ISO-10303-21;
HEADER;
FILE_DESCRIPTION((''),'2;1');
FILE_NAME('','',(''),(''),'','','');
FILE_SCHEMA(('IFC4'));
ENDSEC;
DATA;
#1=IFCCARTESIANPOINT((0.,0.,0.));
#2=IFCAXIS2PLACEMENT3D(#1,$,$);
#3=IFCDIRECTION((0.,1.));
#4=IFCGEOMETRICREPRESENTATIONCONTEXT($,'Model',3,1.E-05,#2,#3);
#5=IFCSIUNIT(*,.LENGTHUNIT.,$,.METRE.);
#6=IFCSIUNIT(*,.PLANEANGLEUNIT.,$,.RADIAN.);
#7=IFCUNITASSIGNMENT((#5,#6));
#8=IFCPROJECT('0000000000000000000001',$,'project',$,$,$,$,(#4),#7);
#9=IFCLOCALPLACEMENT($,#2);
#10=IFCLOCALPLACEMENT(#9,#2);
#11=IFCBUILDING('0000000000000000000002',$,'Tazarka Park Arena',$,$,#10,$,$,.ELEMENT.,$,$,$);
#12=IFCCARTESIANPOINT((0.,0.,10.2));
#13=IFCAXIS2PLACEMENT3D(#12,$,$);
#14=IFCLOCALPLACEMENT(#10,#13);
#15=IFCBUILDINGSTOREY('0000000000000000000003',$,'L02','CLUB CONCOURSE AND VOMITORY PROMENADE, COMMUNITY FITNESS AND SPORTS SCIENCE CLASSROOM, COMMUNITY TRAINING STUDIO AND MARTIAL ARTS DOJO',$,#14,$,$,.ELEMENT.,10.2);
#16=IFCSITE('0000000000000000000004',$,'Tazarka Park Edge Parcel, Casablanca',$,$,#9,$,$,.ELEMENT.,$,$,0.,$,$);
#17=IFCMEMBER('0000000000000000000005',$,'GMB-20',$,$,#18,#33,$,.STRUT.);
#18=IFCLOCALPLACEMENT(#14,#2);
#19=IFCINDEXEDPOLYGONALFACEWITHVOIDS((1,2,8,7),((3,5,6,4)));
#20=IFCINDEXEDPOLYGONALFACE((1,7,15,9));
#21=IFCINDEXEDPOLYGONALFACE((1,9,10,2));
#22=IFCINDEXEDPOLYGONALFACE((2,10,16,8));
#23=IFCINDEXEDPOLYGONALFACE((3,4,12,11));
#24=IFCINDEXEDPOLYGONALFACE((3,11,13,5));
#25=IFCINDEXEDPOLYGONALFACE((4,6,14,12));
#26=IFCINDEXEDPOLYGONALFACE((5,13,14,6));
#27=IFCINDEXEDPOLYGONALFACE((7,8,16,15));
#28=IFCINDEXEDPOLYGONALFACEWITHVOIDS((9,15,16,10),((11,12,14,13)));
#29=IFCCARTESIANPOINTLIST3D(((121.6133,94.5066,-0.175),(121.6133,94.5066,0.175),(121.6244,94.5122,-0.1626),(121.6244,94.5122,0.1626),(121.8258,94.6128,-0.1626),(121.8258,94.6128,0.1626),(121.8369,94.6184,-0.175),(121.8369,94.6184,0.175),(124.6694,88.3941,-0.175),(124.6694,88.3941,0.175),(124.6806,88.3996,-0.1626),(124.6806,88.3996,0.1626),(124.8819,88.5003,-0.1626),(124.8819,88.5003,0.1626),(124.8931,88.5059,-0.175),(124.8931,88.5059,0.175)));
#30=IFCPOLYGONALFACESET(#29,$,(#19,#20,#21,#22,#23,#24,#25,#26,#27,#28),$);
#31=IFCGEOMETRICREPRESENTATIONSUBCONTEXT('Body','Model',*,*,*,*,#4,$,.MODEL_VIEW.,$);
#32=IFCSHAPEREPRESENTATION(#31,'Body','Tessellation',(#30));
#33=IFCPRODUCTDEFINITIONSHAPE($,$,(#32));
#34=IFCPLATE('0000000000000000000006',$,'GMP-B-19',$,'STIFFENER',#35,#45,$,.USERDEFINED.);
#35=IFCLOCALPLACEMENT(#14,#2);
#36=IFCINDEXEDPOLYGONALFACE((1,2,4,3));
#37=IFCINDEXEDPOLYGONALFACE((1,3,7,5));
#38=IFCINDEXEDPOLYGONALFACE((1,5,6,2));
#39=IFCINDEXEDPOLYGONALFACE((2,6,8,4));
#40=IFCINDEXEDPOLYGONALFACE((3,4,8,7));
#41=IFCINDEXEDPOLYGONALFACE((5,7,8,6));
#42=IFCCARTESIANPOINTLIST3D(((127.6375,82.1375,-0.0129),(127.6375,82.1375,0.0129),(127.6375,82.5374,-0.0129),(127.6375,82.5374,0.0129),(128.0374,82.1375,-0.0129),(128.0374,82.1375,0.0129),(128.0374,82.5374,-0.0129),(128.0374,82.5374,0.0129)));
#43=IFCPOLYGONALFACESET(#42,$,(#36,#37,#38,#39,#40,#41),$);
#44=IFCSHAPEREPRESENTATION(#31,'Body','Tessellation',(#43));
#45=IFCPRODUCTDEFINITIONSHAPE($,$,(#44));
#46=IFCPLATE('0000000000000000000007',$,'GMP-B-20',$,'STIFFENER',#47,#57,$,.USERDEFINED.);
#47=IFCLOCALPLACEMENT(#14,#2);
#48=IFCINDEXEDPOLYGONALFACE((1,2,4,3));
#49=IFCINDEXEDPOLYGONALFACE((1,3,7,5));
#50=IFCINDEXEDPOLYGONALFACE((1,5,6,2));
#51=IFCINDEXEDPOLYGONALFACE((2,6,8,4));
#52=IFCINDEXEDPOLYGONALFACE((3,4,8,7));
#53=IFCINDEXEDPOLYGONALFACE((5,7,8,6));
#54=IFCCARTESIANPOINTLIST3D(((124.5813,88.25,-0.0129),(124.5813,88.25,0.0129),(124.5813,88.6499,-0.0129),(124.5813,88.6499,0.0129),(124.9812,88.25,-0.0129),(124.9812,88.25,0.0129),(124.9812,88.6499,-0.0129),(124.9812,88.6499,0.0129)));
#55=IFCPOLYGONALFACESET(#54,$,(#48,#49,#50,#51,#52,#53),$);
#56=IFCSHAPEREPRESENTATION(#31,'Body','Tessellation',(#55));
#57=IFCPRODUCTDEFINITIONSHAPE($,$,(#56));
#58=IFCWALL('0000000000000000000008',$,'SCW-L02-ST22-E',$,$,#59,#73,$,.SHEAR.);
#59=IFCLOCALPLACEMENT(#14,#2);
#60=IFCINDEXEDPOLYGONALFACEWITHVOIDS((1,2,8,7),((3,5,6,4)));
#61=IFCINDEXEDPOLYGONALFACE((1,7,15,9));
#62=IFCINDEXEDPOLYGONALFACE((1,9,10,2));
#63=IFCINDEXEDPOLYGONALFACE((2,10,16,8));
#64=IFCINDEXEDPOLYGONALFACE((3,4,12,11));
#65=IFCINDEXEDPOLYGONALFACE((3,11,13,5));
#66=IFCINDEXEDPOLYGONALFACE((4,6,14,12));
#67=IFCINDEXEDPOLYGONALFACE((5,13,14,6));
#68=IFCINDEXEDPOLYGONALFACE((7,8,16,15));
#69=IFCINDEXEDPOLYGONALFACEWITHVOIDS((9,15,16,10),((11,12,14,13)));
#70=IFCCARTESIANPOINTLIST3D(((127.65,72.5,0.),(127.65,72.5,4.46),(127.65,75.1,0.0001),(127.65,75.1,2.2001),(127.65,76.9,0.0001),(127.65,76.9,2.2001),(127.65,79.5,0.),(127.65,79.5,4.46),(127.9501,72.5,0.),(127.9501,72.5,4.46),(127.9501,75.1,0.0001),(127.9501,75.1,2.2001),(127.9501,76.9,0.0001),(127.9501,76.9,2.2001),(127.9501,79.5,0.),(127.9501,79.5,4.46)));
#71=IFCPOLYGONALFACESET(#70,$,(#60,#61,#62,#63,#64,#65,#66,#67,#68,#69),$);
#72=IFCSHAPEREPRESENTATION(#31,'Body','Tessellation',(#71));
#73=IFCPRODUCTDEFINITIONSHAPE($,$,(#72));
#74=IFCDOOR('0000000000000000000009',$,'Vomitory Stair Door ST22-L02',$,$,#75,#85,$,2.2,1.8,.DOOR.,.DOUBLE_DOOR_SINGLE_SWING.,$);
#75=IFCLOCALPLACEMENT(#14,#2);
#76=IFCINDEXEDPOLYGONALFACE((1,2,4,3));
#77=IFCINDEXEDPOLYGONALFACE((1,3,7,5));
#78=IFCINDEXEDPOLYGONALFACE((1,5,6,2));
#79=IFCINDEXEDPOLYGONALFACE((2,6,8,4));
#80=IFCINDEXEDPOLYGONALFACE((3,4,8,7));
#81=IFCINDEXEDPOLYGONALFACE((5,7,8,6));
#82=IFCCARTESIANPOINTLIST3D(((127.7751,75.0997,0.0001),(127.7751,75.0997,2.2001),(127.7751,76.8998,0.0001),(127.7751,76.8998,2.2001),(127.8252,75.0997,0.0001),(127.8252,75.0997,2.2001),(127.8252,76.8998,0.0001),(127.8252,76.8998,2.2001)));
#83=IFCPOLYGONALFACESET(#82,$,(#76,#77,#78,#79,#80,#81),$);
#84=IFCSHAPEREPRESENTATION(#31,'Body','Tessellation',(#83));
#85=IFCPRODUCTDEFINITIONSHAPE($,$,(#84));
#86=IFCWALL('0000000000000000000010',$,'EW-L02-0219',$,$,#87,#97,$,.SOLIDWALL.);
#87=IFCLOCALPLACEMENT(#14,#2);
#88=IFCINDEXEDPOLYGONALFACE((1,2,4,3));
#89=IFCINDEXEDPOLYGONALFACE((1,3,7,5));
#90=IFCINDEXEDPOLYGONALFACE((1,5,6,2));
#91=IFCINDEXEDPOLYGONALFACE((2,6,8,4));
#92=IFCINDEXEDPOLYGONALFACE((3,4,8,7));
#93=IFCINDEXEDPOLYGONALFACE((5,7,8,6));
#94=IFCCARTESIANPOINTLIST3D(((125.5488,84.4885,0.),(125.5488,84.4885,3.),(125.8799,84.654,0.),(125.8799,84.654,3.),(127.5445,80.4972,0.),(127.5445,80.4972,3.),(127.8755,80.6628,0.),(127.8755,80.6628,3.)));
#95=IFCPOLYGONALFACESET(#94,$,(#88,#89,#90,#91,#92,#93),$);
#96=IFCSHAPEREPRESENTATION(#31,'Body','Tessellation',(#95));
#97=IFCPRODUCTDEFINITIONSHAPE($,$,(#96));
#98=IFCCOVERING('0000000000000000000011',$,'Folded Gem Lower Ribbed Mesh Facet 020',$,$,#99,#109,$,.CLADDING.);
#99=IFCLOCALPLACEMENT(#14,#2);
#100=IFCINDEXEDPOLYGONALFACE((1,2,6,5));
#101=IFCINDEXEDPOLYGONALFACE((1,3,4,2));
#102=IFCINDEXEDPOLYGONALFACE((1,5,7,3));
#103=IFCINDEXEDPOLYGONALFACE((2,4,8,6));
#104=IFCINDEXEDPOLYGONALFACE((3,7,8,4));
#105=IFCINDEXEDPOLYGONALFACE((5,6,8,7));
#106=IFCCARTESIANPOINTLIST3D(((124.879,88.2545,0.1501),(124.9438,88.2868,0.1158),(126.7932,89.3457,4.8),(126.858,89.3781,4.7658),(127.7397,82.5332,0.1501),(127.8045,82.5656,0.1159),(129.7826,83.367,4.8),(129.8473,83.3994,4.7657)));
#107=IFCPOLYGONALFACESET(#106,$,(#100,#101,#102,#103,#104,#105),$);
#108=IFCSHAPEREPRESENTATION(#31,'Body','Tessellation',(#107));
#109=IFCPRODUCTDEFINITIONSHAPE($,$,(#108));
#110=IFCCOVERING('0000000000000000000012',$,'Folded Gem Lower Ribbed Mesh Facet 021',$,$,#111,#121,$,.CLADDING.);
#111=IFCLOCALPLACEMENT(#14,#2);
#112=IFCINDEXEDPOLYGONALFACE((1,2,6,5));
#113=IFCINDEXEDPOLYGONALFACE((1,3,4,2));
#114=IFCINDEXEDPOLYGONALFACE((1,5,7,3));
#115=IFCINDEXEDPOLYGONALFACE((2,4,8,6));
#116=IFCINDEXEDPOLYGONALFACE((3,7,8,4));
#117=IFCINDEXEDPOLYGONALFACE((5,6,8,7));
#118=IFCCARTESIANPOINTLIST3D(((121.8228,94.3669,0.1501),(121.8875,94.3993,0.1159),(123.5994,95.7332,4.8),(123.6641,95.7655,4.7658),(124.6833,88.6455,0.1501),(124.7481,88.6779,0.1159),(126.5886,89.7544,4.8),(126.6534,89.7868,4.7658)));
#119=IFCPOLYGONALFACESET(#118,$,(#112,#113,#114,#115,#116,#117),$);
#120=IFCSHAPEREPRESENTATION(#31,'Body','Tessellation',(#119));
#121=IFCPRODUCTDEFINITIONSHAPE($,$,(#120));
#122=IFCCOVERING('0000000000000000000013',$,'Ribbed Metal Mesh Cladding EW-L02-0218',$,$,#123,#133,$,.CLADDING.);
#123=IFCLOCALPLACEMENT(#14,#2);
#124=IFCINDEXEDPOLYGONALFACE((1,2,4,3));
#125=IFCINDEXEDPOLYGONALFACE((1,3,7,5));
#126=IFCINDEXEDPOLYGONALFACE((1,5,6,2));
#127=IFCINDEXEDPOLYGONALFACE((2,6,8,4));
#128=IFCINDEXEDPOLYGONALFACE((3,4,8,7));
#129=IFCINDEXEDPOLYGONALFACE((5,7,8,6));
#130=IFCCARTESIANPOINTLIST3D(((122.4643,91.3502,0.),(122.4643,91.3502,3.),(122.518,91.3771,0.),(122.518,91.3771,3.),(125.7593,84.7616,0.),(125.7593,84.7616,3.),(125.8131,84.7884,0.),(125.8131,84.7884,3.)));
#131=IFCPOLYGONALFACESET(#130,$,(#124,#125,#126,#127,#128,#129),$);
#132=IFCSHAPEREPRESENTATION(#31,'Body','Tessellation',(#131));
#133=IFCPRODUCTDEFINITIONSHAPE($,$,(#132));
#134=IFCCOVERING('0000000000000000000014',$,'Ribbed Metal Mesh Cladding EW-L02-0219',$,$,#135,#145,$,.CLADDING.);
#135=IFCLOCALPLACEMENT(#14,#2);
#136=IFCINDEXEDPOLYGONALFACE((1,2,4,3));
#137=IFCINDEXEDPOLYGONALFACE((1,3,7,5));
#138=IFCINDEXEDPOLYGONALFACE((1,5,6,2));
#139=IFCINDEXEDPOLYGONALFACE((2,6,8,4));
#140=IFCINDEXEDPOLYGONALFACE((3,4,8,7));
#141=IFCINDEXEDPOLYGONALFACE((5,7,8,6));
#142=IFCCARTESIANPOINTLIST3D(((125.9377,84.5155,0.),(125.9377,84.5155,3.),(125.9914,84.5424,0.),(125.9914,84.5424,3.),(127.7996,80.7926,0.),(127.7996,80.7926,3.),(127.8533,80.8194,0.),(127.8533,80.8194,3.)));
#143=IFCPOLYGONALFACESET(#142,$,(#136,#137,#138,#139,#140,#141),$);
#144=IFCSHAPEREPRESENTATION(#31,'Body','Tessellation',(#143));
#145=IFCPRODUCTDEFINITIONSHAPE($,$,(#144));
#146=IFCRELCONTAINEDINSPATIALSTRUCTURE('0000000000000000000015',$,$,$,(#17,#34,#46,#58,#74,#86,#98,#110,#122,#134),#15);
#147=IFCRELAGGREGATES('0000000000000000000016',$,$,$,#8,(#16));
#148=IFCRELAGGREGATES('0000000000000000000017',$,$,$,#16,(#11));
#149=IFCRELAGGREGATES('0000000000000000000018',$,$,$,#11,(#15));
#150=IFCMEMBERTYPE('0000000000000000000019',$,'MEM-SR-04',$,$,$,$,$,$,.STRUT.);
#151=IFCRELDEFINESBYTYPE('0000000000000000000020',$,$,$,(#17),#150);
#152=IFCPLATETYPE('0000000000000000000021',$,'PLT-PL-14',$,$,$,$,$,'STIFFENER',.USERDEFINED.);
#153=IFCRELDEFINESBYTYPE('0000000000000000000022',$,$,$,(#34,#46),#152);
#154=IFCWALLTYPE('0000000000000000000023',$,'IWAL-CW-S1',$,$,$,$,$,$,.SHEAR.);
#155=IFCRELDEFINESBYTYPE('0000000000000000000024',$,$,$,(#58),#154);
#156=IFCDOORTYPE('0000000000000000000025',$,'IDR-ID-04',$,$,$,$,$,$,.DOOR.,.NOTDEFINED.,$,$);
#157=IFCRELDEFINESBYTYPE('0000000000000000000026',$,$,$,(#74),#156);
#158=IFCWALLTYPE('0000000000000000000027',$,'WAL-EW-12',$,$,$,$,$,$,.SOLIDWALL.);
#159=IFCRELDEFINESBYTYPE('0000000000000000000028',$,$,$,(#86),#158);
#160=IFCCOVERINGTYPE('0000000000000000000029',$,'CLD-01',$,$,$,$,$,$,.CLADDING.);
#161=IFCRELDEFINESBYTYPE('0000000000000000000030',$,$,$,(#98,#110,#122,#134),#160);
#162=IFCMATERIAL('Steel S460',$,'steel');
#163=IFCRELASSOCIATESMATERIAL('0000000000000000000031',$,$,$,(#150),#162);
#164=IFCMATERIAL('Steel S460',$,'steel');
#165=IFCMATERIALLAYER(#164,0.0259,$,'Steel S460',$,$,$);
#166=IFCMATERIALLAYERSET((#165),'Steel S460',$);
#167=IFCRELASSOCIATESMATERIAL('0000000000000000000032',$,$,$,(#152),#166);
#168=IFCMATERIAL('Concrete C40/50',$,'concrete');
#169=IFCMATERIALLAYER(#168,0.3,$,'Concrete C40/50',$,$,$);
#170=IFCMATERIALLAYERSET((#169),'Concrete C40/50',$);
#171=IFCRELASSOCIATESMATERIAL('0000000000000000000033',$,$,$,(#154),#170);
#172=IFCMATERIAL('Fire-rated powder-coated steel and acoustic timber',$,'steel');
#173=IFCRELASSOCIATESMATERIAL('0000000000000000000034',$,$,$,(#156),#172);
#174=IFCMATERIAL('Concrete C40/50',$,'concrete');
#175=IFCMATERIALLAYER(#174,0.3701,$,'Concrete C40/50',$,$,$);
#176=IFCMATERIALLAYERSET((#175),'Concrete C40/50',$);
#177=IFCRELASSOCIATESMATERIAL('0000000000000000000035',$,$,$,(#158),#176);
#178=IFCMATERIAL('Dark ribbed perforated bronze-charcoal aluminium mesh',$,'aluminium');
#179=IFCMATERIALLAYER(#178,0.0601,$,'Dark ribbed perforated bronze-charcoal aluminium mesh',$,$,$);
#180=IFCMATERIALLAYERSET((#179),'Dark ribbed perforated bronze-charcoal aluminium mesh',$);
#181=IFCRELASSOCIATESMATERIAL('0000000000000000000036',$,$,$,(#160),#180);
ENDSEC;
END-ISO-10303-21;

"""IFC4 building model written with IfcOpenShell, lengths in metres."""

from ifc_helpers import new_model, si_unit, direction, frame, frame_2d, origin, origin_2d, place, context, subcontext, project, spatial, polyline, rectangle, hollow_rectangle, outline, extrude, material, layer, layer_set, material_profile, profile_set, type_object, element, fill, save


model = new_model("IFC4")

# Units and contexts
model_context = context("Model", 3, precision=1e-05, world=origin(), true_north=direction((0.0, 1.0)))
body_context = subcontext(model_context, "Body", "Model", "MODEL_VIEW")
ifc_project = project(units=[si_unit("LENGTHUNIT", "METRE"), si_unit("PLANEANGLEUNIT", "RADIAN")], contexts=[model_context])

# Site, building, storey
site_placement = place(None, origin())
site = spatial("IfcSite", under=ifc_project, at=site_placement, Name="Tazarka Park Edge Parcel, Casablanca", CompositionType="ELEMENT", RefElevation=0.0)
building_placement = place(site_placement, origin())
building = spatial("IfcBuilding", under=site, at=building_placement, Name="Tazarka Park Arena", CompositionType="ELEMENT")
storey_placement = place(building_placement, frame((0.0, 0.0, 10.2)))
storey = spatial("IfcBuildingStorey", under=building, at=storey_placement, Name="L02", Description="CLUB CONCOURSE AND VOMITORY PROMENADE, COMMUNITY FITNESS AND SPORTS SCIENCE CLASSROOM, COMMUNITY TRAINING STUDIO AND MARTIAL ARTS DOJO", CompositionType="ELEMENT", Elevation=10.2)

# Member
ifc_material_1 = material(Name="Steel S460", Category="steel")
ifc_material_profile_1 = material_profile(ifc_material_1, hollow_rectangle(XDim=0.25, YDim=0.3501, WallThickness=0.0125, at=origin_2d()), Name="Steel S460")
ifc_profile_set_1 = profile_set([ifc_material_profile_1], Name="Steel S460")
member_type_1 = type_object("IfcMemberType", Name="MEM-SR-04", PredefinedType="STRUT", material=ifc_profile_set_1)
for number, where, z_axis, x_axis, name in (
    (1, (124.7812, 88.45, 0.0), (-0.447199, 0.894434, 0.0), (-0.894434, -0.447199, 0.0), "GMB-20"),
):
    element("IfcMember", number, at=place(storey_placement, frame(where, z_axis=z_axis, x_axis=x_axis)), inside=storey, type_object=member_type_1, Name=name, PredefinedType="STRUT", context=body_context, shape_type="SweptSolid", body=[
        extrude(hollow_rectangle(XDim=0.25, YDim=0.3501, WallThickness=0.0125, at=origin_2d()), origin(), (0.0, 0.0, 1.0), 6.834),
    ])

# Plates
ifc_material_2 = material(Name="Steel S460", Category="steel")
ifc_layer_1 = layer(ifc_material_2, 0.0259, Name="Steel S460")
ifc_layer_set_1 = layer_set([ifc_layer_1], Name="Steel S460")
plate_type = type_object("IfcPlateType", Name="PLT-PL-14", ElementType="STIFFENER", PredefinedType="USERDEFINED", material=ifc_layer_set_1)
for number, where, z_axis, x_axis, name in (
    (2, (127.8374, 82.3374, -0.0129), (0.0, 0.0, 1.0), (1.0, 0.0, 0.0), "GMP-B-19"),
    (3, (124.7812, 88.45, -0.0129), (0.0, 0.0, 1.0), (1.0, 0.0, 0.0), "GMP-B-20"),
):
    element("IfcPlate", number, at=place(storey_placement, frame(where, z_axis=z_axis, x_axis=x_axis)), inside=storey, type_object=plate_type, Name=name, ObjectType="STIFFENER", PredefinedType="USERDEFINED", context=body_context, shape_type="SweptSolid", body=[
        extrude(rectangle(XDim=0.3999, YDim=0.3999, at=origin_2d()), origin(), (0.0, 0.0, 1.0), 0.0259),
    ])

# Wall, opening, door
ifc_material_3 = material(Name="Concrete C40/50", Category="concrete")
ifc_layer_2 = layer(ifc_material_3, 0.3, Name="Concrete C40/50")
ifc_layer_set_2 = layer_set([ifc_layer_2], Name="Concrete C40/50")
wall_type_1 = type_object("IfcWallType", Name="IWAL-CW-S1", PredefinedType="SHEAR", material=ifc_layer_set_2)
wall_1_placement = place(storey_placement, frame((127.8, 79.5, 0.0), z_axis=(0.0, 0.0, 1.0), x_axis=(0.0, -1.0, 0.0)))
wall_1 = element("IfcWall", 4, at=wall_1_placement, inside=storey, type_object=wall_type_1, Name="SCW-L02-ST22-E", PredefinedType="SHEAR", context=body_context, shape_type="SweptSolid", body=[
    extrude(rectangle(XDim=7.0, YDim=0.3, at=frame_2d((3.5, 0.0))), origin(), (0.0, 0.0, 1.0), 4.46),
])
opening_placement = place(wall_1_placement, frame((2.6001, 0.0, 0.0)))
opening = element("IfcOpeningElement", 5, at=opening_placement, cuts=wall_1, PredefinedType="OPENING", context=body_context, shape_type="SweptSolid", body=[
    extrude(rectangle(XDim=1.8, YDim=2.2, at=frame_2d((0.8999, 1.1001))), frame((0.0, 0.1602, 0.0), z_axis=(0.0, -1.0, 0.0), x_axis=(1.0, 0.0, 0.0)), (0.0, 0.0, 1.0), 0.3201),
])
ifc_material_4 = material(Name="Fire-rated powder-coated steel and acoustic timber", Category="steel")
door_type = type_object("IfcDoorType", Name="IDR-ID-04", OperationType="NOTDEFINED", PredefinedType="DOOR", material=ifc_material_4)
door_placement = place(opening_placement, frame((1.8, 0.0, 0.0), z_axis=(0.0, 0.0, 1.0), x_axis=(-1.0, 0.0, 0.0)))
door = element("IfcDoor", 6, at=door_placement, inside=storey, type_object=door_type, Name="Vomitory Stair Door ST22-L02", OperationType="DOUBLE_DOOR_SINGLE_SWING", OverallHeight=2.2, OverallWidth=1.8, PredefinedType="DOOR", context=body_context, shape_type="SweptSolid", body=[
    extrude(rectangle(XDim=1.8, YDim=2.2, at=frame_2d((0.8999, 1.1001))), frame((0.0, 0.0249, 0.0), z_axis=(0.0, -1.0, 0.0), x_axis=(1.0, 0.0, 0.0)), (0.0, 0.0, 1.0), 0.05),
])
fill(opening, door)

# Wall
ifc_material_5 = material(Name="Concrete C40/50", Category="concrete")
ifc_layer_3 = layer(ifc_material_5, 0.3701, Name="Concrete C40/50")
ifc_layer_set_3 = layer_set([ifc_layer_3], Name="Concrete C40/50")
wall_type_2 = type_object("IfcWallType", Name="WAL-EW-12", PredefinedType="SOLIDWALL", material=ifc_layer_set_3)
wall_2_placement = place(storey_placement, frame((125.7144, 84.5713, 0.0), z_axis=(0.0, 0.0, 1.0), x_axis=(0.447214, -0.894427, 0.0)))
element("IfcWall", 7, at=wall_2_placement, inside=storey, type_object=wall_type_2, Name="EW-L02-0219", PredefinedType="SOLIDWALL", context=body_context, shape_type="SweptSolid", body=[
    extrude(rectangle(XDim=4.4624, YDim=0.3701, at=frame_2d((2.2312, 0.0))), origin(), (0.0, 0.0, 1.0), 3.0),
])

# Coverings
ifc_material_6 = material(Name="Dark ribbed perforated bronze-charcoal aluminium mesh", Category="aluminium")
ifc_layer_4 = layer(ifc_material_6, 0.0601, Name="Dark ribbed perforated bronze-charcoal aluminium mesh")
ifc_layer_set_4 = layer_set([ifc_layer_4], Name="Dark ribbed perforated bronze-charcoal aluminium mesh")
covering_type = type_object("IfcCoveringType", Name="CLD-01", PredefinedType="CLADDING", material=ifc_layer_set_4)
covering_1_placement = place(storey_placement, frame((127.7397, 82.5332, 0.1501), z_axis=(-0.808492, -0.404254, 0.42769), x_axis=(-0.447225, 0.894421, -0.00001)))
element("IfcCovering", 8, at=covering_1_placement, inside=storey, type_object=covering_type, Name="Folded Gem Lower Ribbed Mesh Facet 020", PredefinedType="CLADDING", context=body_context, shape_type="SweptSolid", body=[
    extrude(outline(polyline([(0.0, 0.0), (6.3966, 0.0), (6.5165, -5.1442), (-0.1679, -5.1441), (0.0, 0.0)])), origin(), (0.0, 0.0, -1.0), 0.0801),
])
covering_2_placement = place(storey_placement, frame((124.6833, 88.6455, 0.1501), z_axis=(-0.808506, -0.404236, 0.427681), x_axis=(-0.447199, 0.894435, 0.0)))
element("IfcCovering", 9, at=covering_2_placement, inside=storey, type_object=covering_type, Name="Folded Gem Lower Ribbed Mesh Facet 021", PredefinedType="CLADDING", context=body_context, shape_type="SweptSolid", body=[
    extrude(outline(polyline([(0.0, 0.0), (6.3967, 0.0), (6.8242, -5.1441), (0.1398, -5.1441), (0.0, 0.0)])), origin(), (0.0, 0.0, -1.0), 0.0801),
])
covering_3_placement = place(storey_placement, frame((124.1387, 88.0693, 0.0), z_axis=(0.0, 0.0, 1.0), x_axis=(0.447291, -0.894389, 0.0)))
element("IfcCovering", 10, at=covering_3_placement, inside=storey, type_object=covering_type, Name="Ribbed Metal Mesh Cladding EW-L02-0218", PredefinedType="CLADDING", context=body_context, shape_type="SweptSolid", body=[
    extrude(rectangle(XDim=7.3667, YDim=0.0601, at=origin_2d()), origin(), (0.0, 0.0, 1.0), 3.0),
])
covering_4_placement = place(storey_placement, frame((126.8955, 82.6675, 0.0), z_axis=(0.0, 0.0, 1.0), x_axis=(0.447291, -0.894389, 0.0)))
element("IfcCovering", 11, at=covering_4_placement, inside=storey, type_object=covering_type, Name="Ribbed Metal Mesh Cladding EW-L02-0219", PredefinedType="CLADDING", context=body_context, shape_type="SweptSolid", body=[
    extrude(rectangle(XDim=4.1626, YDim=0.0601, at=origin_2d()), origin(), (0.0, 0.0, 1.0), 3.0),
])

save(model, "model.ifc")
